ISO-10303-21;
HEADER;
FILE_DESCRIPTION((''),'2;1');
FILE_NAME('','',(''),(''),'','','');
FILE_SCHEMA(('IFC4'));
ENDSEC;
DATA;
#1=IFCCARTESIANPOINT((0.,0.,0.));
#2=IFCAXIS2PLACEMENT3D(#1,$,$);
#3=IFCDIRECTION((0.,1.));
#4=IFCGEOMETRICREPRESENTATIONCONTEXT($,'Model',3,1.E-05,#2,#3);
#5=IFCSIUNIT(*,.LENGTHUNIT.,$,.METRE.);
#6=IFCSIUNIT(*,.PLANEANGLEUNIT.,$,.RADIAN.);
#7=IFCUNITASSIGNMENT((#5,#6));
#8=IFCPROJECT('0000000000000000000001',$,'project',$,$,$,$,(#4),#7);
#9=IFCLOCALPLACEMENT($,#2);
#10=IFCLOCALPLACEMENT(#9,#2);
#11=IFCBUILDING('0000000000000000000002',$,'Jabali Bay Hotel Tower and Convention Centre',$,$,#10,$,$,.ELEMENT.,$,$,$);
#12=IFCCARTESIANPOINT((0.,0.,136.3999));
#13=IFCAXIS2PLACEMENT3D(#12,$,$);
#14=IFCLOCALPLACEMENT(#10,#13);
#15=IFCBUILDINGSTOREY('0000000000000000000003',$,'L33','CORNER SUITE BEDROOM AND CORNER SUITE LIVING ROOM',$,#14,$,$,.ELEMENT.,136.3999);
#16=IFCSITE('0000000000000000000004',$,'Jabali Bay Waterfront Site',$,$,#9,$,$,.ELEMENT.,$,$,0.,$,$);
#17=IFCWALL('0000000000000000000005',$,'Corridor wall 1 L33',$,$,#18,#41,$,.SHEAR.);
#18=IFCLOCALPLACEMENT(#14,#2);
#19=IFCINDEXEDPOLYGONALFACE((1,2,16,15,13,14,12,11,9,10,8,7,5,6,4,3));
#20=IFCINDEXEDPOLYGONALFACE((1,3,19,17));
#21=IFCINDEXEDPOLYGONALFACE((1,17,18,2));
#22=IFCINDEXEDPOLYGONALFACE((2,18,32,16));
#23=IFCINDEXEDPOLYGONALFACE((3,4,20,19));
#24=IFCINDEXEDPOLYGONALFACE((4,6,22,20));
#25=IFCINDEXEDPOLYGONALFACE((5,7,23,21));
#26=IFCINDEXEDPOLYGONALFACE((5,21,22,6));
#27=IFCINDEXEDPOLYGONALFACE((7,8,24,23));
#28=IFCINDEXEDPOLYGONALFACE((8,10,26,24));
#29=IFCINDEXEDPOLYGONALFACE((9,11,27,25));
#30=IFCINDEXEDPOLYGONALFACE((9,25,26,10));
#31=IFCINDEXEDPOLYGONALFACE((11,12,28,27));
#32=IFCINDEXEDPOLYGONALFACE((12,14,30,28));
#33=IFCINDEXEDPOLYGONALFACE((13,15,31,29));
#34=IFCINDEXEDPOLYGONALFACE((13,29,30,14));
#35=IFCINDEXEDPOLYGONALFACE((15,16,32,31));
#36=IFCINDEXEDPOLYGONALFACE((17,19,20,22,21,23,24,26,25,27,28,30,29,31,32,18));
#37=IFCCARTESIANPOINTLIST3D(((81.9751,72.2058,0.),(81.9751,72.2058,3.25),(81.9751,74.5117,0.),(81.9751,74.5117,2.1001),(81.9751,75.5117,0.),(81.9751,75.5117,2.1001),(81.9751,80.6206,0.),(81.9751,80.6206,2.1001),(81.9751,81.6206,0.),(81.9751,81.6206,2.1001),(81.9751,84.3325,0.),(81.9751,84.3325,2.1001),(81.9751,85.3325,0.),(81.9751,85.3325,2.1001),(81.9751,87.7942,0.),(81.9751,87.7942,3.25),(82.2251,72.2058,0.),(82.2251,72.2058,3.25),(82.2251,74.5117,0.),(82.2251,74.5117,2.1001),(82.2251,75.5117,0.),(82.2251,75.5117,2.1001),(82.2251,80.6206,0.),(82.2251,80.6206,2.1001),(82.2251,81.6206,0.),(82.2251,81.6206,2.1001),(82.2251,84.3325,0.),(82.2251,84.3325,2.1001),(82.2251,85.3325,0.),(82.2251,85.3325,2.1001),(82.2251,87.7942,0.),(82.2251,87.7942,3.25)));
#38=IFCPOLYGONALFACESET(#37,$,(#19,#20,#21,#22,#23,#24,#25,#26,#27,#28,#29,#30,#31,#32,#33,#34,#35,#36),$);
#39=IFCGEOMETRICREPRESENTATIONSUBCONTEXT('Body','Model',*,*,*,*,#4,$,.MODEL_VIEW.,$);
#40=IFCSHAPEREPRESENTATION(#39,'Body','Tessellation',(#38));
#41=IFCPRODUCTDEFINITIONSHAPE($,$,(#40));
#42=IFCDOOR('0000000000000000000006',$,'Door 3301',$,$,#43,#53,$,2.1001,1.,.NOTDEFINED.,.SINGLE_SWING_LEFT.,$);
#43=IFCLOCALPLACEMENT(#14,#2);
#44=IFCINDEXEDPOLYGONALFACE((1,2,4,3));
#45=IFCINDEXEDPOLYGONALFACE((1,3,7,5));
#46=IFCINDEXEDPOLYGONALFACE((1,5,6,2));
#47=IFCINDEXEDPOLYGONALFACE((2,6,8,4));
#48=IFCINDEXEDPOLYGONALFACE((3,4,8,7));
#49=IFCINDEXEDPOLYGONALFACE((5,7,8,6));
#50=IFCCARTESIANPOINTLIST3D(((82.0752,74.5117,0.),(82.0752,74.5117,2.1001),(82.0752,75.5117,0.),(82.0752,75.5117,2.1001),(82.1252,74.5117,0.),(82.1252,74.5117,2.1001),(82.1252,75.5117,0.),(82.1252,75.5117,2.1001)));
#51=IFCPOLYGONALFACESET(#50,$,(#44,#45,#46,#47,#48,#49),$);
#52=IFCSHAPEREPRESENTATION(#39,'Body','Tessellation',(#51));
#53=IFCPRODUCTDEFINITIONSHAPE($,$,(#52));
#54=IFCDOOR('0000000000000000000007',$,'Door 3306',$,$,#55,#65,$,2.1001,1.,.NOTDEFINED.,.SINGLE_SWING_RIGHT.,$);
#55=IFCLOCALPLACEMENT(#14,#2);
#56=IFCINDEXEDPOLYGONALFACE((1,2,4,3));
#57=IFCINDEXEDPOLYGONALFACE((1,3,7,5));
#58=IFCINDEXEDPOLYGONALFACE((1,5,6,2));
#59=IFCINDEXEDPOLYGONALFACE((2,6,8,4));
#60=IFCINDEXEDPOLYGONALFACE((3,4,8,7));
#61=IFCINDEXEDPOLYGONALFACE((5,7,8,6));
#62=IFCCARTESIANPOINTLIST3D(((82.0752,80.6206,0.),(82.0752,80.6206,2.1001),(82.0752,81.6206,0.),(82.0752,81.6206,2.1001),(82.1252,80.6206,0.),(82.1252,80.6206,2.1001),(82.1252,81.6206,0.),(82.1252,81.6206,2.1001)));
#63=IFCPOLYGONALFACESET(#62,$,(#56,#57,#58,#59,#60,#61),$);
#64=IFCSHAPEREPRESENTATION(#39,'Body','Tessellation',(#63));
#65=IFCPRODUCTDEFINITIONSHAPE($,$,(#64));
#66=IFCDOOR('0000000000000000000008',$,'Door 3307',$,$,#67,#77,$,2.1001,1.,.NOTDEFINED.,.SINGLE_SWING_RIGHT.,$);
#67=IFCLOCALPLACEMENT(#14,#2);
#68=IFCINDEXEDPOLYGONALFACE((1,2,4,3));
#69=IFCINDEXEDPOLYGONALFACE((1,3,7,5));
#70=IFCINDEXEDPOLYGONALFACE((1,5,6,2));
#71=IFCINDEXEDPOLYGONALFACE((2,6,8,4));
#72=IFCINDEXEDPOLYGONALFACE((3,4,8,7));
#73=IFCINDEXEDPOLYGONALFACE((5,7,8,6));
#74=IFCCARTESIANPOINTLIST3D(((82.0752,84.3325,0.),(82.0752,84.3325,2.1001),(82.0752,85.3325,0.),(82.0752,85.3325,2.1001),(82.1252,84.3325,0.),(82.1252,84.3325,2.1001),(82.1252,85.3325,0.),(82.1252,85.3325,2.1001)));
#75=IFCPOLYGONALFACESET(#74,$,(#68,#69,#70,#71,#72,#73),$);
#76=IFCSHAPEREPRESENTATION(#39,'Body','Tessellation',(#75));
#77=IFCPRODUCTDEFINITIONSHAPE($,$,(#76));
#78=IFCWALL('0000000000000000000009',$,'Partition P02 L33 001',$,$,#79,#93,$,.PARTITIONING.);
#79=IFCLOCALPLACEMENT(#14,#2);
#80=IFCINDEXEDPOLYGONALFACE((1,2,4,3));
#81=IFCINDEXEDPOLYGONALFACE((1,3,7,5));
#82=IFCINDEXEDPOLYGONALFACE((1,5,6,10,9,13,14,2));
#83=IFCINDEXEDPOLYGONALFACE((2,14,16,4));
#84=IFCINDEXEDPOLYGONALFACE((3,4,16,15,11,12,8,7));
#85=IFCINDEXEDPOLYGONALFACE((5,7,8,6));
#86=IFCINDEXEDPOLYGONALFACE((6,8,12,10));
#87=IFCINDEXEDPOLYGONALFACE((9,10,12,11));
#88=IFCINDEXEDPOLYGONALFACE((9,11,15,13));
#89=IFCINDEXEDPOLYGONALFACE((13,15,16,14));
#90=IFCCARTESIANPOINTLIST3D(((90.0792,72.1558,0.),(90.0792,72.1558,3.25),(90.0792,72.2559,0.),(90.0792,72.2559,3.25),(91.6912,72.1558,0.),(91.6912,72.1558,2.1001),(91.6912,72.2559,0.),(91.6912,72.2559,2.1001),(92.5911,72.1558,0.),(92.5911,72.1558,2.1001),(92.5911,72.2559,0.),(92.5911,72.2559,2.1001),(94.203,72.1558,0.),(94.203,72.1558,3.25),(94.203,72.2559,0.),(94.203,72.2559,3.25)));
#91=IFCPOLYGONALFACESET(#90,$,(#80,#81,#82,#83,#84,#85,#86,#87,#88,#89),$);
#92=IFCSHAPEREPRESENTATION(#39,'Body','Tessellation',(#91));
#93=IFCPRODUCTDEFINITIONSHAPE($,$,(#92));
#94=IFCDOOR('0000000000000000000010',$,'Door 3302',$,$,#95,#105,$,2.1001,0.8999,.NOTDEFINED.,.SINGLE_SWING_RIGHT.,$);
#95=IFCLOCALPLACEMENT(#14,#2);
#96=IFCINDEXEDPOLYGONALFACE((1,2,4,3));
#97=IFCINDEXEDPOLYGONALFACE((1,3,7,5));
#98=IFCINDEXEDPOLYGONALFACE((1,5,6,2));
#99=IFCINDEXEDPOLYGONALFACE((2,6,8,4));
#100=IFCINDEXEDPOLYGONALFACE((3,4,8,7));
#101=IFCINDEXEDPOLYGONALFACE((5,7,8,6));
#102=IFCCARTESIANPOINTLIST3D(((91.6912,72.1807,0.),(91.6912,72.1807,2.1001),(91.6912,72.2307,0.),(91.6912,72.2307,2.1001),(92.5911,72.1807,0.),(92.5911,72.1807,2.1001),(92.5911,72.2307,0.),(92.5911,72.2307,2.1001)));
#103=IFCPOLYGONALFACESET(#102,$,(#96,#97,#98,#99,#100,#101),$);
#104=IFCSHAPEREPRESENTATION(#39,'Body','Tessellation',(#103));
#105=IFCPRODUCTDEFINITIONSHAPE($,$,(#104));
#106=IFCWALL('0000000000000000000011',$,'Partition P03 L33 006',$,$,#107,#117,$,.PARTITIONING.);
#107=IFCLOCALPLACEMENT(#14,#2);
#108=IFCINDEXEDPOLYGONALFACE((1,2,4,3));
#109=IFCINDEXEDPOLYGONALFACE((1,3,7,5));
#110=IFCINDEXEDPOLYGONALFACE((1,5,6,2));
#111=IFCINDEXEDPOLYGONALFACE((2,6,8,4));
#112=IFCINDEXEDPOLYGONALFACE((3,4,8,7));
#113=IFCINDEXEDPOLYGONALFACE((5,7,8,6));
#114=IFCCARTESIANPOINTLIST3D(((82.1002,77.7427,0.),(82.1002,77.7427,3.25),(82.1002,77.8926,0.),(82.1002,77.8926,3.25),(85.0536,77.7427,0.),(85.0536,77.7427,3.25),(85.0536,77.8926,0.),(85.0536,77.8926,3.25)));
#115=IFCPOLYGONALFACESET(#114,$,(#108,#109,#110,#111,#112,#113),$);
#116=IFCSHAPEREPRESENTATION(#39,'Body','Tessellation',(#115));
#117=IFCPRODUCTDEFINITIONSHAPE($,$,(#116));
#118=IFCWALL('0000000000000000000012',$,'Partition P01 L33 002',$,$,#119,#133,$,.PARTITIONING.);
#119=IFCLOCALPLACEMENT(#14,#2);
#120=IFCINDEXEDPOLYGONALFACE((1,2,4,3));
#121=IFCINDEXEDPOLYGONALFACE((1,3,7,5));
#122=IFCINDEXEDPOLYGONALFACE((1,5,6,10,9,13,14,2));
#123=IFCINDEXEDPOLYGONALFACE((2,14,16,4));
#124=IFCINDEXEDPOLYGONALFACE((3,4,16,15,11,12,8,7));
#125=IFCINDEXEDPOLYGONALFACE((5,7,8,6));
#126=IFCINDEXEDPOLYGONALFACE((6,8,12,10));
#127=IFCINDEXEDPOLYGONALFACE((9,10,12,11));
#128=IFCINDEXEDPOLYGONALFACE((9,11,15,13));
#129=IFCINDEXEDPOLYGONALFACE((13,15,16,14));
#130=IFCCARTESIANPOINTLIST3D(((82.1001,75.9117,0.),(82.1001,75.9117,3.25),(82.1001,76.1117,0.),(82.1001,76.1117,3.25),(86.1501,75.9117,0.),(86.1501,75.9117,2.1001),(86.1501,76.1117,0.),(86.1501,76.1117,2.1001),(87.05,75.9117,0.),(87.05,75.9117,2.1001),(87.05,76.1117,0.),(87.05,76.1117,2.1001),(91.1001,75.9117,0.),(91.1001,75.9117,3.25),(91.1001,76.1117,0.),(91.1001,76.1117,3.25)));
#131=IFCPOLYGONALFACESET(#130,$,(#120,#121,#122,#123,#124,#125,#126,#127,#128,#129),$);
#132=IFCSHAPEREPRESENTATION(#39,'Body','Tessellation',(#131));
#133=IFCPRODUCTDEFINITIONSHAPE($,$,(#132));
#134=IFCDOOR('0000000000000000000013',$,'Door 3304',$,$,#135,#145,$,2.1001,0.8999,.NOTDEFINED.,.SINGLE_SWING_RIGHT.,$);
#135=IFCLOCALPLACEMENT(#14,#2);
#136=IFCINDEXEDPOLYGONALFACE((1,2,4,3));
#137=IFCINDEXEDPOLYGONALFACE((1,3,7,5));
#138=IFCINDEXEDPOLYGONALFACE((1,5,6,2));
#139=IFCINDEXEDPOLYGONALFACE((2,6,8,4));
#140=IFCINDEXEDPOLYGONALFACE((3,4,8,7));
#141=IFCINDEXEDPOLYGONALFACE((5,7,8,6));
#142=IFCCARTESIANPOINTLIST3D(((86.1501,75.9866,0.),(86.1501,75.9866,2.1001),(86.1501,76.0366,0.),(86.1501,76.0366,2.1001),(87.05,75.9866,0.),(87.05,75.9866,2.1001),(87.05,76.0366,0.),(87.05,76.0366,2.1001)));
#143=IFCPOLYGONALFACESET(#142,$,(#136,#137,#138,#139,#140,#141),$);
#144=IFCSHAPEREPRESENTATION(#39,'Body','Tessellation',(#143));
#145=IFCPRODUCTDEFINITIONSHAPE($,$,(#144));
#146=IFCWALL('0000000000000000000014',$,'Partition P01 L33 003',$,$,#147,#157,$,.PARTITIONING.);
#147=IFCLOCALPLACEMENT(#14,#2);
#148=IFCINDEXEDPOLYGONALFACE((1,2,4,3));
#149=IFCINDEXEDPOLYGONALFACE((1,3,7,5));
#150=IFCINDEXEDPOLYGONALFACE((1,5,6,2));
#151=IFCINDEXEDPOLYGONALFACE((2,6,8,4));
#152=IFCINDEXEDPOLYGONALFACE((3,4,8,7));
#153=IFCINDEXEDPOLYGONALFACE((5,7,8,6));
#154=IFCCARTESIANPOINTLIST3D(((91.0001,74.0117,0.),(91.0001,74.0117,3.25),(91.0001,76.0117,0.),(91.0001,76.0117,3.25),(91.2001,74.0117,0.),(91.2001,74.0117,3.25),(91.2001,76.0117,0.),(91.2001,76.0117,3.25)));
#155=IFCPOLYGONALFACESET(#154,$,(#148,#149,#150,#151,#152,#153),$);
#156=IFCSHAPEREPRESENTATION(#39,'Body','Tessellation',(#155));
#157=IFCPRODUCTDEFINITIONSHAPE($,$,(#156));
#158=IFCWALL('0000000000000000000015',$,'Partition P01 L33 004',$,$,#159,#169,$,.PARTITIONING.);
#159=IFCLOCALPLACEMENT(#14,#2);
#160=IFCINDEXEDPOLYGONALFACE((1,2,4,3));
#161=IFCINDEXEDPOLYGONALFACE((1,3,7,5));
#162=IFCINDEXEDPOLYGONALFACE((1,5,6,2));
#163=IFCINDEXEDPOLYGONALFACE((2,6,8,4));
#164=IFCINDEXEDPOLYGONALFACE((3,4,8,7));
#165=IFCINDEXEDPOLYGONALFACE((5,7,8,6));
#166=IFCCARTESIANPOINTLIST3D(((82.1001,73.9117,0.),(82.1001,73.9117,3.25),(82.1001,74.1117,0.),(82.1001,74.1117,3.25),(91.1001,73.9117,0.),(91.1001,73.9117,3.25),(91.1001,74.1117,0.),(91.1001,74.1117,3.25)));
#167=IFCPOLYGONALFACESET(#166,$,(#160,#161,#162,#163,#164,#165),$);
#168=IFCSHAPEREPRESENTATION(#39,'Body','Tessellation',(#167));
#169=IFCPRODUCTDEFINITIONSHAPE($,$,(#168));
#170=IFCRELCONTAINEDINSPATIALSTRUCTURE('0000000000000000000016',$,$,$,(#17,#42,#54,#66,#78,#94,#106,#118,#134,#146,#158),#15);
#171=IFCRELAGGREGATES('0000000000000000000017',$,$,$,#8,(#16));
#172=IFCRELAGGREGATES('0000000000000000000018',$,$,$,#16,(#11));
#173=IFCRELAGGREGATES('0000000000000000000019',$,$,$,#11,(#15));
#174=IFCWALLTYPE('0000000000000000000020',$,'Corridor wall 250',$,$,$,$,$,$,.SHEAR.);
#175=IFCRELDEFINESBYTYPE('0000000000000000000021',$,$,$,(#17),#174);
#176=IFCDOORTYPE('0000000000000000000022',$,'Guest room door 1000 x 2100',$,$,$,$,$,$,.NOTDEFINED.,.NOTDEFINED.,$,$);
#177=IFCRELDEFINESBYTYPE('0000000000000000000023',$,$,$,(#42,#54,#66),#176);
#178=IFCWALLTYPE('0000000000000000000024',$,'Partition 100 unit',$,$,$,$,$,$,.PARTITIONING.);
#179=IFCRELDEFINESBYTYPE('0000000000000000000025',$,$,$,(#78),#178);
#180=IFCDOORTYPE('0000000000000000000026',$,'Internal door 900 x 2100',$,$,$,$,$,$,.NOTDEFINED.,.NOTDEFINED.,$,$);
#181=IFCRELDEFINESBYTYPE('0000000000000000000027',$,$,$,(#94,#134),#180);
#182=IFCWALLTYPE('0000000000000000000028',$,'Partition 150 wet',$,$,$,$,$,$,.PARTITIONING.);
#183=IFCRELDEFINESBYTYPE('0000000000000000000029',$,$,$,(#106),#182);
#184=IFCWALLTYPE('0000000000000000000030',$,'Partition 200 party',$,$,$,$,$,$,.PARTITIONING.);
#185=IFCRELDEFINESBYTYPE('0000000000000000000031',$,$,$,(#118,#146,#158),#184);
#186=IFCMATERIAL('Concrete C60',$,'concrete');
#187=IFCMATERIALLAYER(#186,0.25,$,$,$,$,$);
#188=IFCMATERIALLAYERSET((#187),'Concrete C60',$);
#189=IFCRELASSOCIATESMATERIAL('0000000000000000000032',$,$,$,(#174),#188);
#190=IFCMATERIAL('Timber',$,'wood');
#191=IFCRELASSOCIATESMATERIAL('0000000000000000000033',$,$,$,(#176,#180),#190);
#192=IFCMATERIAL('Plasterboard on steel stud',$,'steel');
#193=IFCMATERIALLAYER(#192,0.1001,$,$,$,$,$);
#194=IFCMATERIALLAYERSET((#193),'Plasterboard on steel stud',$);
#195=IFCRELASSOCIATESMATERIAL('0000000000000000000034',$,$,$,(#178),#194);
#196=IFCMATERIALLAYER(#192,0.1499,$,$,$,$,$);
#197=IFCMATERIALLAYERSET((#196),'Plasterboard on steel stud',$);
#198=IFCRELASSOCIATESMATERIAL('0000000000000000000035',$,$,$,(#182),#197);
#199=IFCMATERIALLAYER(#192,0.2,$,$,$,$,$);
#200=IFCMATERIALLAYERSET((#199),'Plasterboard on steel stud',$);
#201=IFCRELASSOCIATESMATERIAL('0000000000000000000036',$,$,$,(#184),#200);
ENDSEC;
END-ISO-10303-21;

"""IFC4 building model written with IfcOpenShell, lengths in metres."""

from ifc_helpers import new_model, si_unit, direction, frame, frame_2d, origin, place, context, subcontext, project, spatial, rectangle, extrude, material, layer, layer_set, type_object, element, fill, save


model = new_model("IFC4")

# Units and contexts
model_context = context("Model", 3, precision=1e-05, world=origin(), true_north=direction((0.0, 1.0)))
body_context = subcontext(model_context, "Body", "Model", "MODEL_VIEW")
ifc_project = project(units=[si_unit("LENGTHUNIT", "METRE"), si_unit("PLANEANGLEUNIT", "RADIAN")], contexts=[model_context])

# Site, building, storey
site_placement = place(None, origin())
site = spatial("IfcSite", under=ifc_project, at=site_placement, Name="Jabali Bay Waterfront Site", CompositionType="ELEMENT", RefElevation=0.0)
building_placement = place(site_placement, origin())
building = spatial("IfcBuilding", under=site, at=building_placement, Name="Jabali Bay Hotel Tower and Convention Centre", CompositionType="ELEMENT")
storey_placement = place(building_placement, frame((0.0, 0.0, 136.3999)))
storey = spatial("IfcBuildingStorey", under=building, at=storey_placement, Name="L33", Description="CORNER SUITE BEDROOM AND CORNER SUITE LIVING ROOM", CompositionType="ELEMENT", Elevation=136.3999)

# Shared definitions
ifc_material_1 = material(Name="Concrete C60", Category="concrete")

# Wall, openings, doors
ifc_layer_1 = layer(ifc_material_1, 0.25)
ifc_layer_set_1 = layer_set([ifc_layer_1], Name="Concrete C60")
wall_type_1 = type_object("IfcWallType", Name="Corridor wall 250", PredefinedType="SHEAR", material=ifc_layer_set_1)
wall_1_placement = place(storey_placement, frame((82.1001, 72.2058, 0.0), z_axis=(0.0, 0.0, 1.0), x_axis=(0.0, 1.0, 0.0)))
wall_1 = element("IfcWall", 1, at=wall_1_placement, inside=storey, type_object=wall_type_1, Name="Corridor wall 1 L33", PredefinedType="SHEAR", context=body_context, shape_type="SweptSolid", body=[
    extrude(rectangle(XDim=15.5884, YDim=0.25, at=frame_2d((7.7942, 0.0))), origin(), (0.0, 0.0, 1.0), 3.25),
])
opening_1_placement = place(wall_1_placement, frame((2.3059, 0.0, 0.0)))
opening_1 = element("IfcOpeningElement", 2, at=opening_1_placement, cuts=wall_1, PredefinedType="OPENING", context=body_context, shape_type="SweptSolid", body=[
    extrude(rectangle(XDim=1.0, YDim=2.1001, at=frame_2d((0.5, 1.05))), frame((0.0, 0.1355, 0.0), z_axis=(0.0, -1.0, 0.0), x_axis=(1.0, 0.0, 0.0)), (0.0, 0.0, 1.0), 0.271),
])
opening_2_placement = place(wall_1_placement, frame((8.4148, 0.0, 0.0)))
opening_2 = element("IfcOpeningElement", 3, at=opening_2_placement, cuts=wall_1, PredefinedType="OPENING", context=body_context, shape_type="SweptSolid", body=[
    extrude(rectangle(XDim=1.0, YDim=2.1001, at=frame_2d((0.5, 1.05))), frame((0.0, 0.1355, 0.0), z_axis=(0.0, -1.0, 0.0), x_axis=(1.0, 0.0, 0.0)), (0.0, 0.0, 1.0), 0.271),
])
opening_3_placement = place(wall_1_placement, frame((12.1267, 0.0, 0.0)))
opening_3 = element("IfcOpeningElement", 4, at=opening_3_placement, cuts=wall_1, PredefinedType="OPENING", context=body_context, shape_type="SweptSolid", body=[
    extrude(rectangle(XDim=1.0, YDim=2.1001, at=frame_2d((0.5, 1.05))), frame((0.0, 0.1355, 0.0), z_axis=(0.0, -1.0, 0.0), x_axis=(1.0, 0.0, 0.0)), (0.0, 0.0, 1.0), 0.271),
])
ifc_material_2 = material(Name="Timber", Category="wood")
door_type_1 = type_object("IfcDoorType", Name="Guest room door 1000 x 2100", OperationType="NOTDEFINED", PredefinedType="NOTDEFINED", material=ifc_material_2)
door_1_placement = place(opening_1_placement, origin())
door_1 = element("IfcDoor", 5, at=door_1_placement, inside=storey, type_object=door_type_1, Name="Door 3301", OperationType="SINGLE_SWING_LEFT", OverallHeight=2.1001, OverallWidth=1.0, PredefinedType="NOTDEFINED", context=body_context, shape_type="SweptSolid", body=[
    extrude(rectangle(XDim=1.0, YDim=2.1001, at=frame_2d((0.5, 1.05))), frame((0.0, 0.0249, 0.0), z_axis=(0.0, -1.0, 0.0), x_axis=(1.0, 0.0, 0.0)), (0.0, 0.0, 1.0), 0.05),
])
fill(opening_1, door_1)
door_2_placement = place(opening_2_placement, origin())
door_2 = element("IfcDoor", 6, at=door_2_placement, inside=storey, type_object=door_type_1, Name="Door 3306", OperationType="SINGLE_SWING_RIGHT", OverallHeight=2.1001, OverallWidth=1.0, PredefinedType="NOTDEFINED", context=body_context, shape_type="SweptSolid", body=[
    extrude(rectangle(XDim=1.0, YDim=2.1001, at=frame_2d((0.5, 1.05))), frame((0.0, 0.0249, 0.0), z_axis=(0.0, -1.0, 0.0), x_axis=(1.0, 0.0, 0.0)), (0.0, 0.0, 1.0), 0.05),
])
fill(opening_2, door_2)
door_3_placement = place(opening_3_placement, origin())
door_3 = element("IfcDoor", 7, at=door_3_placement, inside=storey, type_object=door_type_1, Name="Door 3307", OperationType="SINGLE_SWING_RIGHT", OverallHeight=2.1001, OverallWidth=1.0, PredefinedType="NOTDEFINED", context=body_context, shape_type="SweptSolid", body=[
    extrude(rectangle(XDim=1.0, YDim=2.1001, at=frame_2d((0.5, 1.05))), frame((0.0, 0.0249, 0.0), z_axis=(0.0, -1.0, 0.0), x_axis=(1.0, 0.0, 0.0)), (0.0, 0.0, 1.0), 0.05),
])
fill(opening_3, door_3)

# Wall, opening, door
ifc_material_3 = material(Name="Plasterboard on steel stud", Category="steel")
ifc_layer_2 = layer(ifc_material_3, 0.1001)
ifc_layer_set_2 = layer_set([ifc_layer_2], Name="Plasterboard on steel stud")
wall_type_2 = type_object("IfcWallType", Name="Partition 100 unit", PredefinedType="PARTITIONING", material=ifc_layer_set_2)
wall_2_placement = place(storey_placement, frame((90.0791, 72.2058, 0.0), z_axis=(0.0, 0.0, 1.0), x_axis=(1.0, 0.0, 0.0)))
wall_2 = element("IfcWall", 8, at=wall_2_placement, inside=storey, type_object=wall_type_2, Name="Partition P02 L33 001", PredefinedType="PARTITIONING", context=body_context, shape_type="SweptSolid", body=[
    extrude(rectangle(XDim=4.1238, YDim=0.1001, at=frame_2d((2.062, 0.0))), origin(), (0.0, 0.0, 1.0), 3.25),
])
opening_4_placement = place(wall_2_placement, frame((1.6121, 0.0, 0.0)))
opening_4 = element("IfcOpeningElement", 9, at=opening_4_placement, cuts=wall_2, PredefinedType="OPENING", context=body_context, shape_type="SweptSolid", body=[
    extrude(rectangle(XDim=0.8999, YDim=2.1001, at=frame_2d((0.45, 1.05))), frame((0.0, 0.0605, 0.0), z_axis=(0.0, -1.0, 0.0), x_axis=(1.0, 0.0, 0.0)), (0.0, 0.0, 1.0), 0.1211),
])
door_type_2 = type_object("IfcDoorType", Name="Internal door 900 x 2100", OperationType="NOTDEFINED", PredefinedType="NOTDEFINED", material=ifc_material_2)
door_4_placement = place(opening_4_placement, origin())
door_4 = element("IfcDoor", 10, at=door_4_placement, inside=storey, type_object=door_type_2, Name="Door 3302", OperationType="SINGLE_SWING_RIGHT", OverallHeight=2.1001, OverallWidth=0.8999, PredefinedType="NOTDEFINED", context=body_context, shape_type="SweptSolid", body=[
    extrude(rectangle(XDim=0.8999, YDim=2.1001, at=frame_2d((0.45, 1.05))), frame((0.0, 0.0249, 0.0), z_axis=(0.0, -1.0, 0.0), x_axis=(1.0, 0.0, 0.0)), (0.0, 0.0, 1.0), 0.05),
])
fill(opening_4, door_4)

# Wall
ifc_layer_3 = layer(ifc_material_3, 0.1499)
ifc_layer_set_3 = layer_set([ifc_layer_3], Name="Plasterboard on steel stud")
wall_type_3 = type_object("IfcWallType", Name="Partition 150 wet", PredefinedType="PARTITIONING", material=ifc_layer_set_3)
wall_3_placement = place(storey_placement, frame((85.0535, 77.8176, 0.0), z_axis=(0.0, 0.0, 1.0), x_axis=(-1.0, 0.0, 0.0)))
element("IfcWall", 11, at=wall_3_placement, inside=storey, type_object=wall_type_3, Name="Partition P03 L33 006", PredefinedType="PARTITIONING", context=body_context, shape_type="SweptSolid", body=[
    extrude(rectangle(XDim=2.9534, YDim=0.1499, at=frame_2d((1.4766, 0.0))), origin(), (0.0, 0.0, 1.0), 3.25),
])

# Wall, opening, door
ifc_layer_4 = layer(ifc_material_3, 0.2)
ifc_layer_set_4 = layer_set([ifc_layer_4], Name="Plasterboard on steel stud")
wall_type_4 = type_object("IfcWallType", Name="Partition 200 party", PredefinedType="PARTITIONING", material=ifc_layer_set_4)
wall_4_placement = place(storey_placement, frame((82.1001, 76.0117, 0.0), z_axis=(0.0, 0.0, 1.0), x_axis=(1.0, 0.0, 0.0)))
wall_4 = element("IfcWall", 12, at=wall_4_placement, inside=storey, type_object=wall_type_4, Name="Partition P01 L33 002", PredefinedType="PARTITIONING", context=body_context, shape_type="SweptSolid", body=[
    extrude(rectangle(XDim=9.0, YDim=0.2, at=frame_2d((4.5, 0.0))), origin(), (0.0, 0.0, 1.0), 3.25),
])
opening_5_placement = place(wall_4_placement, frame((4.05, 0.0, 0.0)))
opening_5 = element("IfcOpeningElement", 13, at=opening_5_placement, cuts=wall_4, PredefinedType="OPENING", context=body_context, shape_type="SweptSolid", body=[
    extrude(rectangle(XDim=0.8999, YDim=2.1001, at=frame_2d((0.45, 1.05))), frame((0.0, 0.1104, 0.0), z_axis=(0.0, -1.0, 0.0), x_axis=(1.0, 0.0, 0.0)), (0.0, 0.0, 1.0), 0.2209),
])
door_5_placement = place(opening_5_placement, origin())
door_5 = element("IfcDoor", 14, at=door_5_placement, inside=storey, type_object=door_type_2, Name="Door 3304", OperationType="SINGLE_SWING_RIGHT", OverallHeight=2.1001, OverallWidth=0.8999, PredefinedType="NOTDEFINED", context=body_context, shape_type="SweptSolid", body=[
    extrude(rectangle(XDim=0.8999, YDim=2.1001, at=frame_2d((0.45, 1.05))), frame((0.0, 0.0249, 0.0), z_axis=(0.0, -1.0, 0.0), x_axis=(1.0, 0.0, 0.0)), (0.0, 0.0, 1.0), 0.05),
])
fill(opening_5, door_5)

# Walls
wall_5_placement = place(storey_placement, frame((91.1001, 76.0117, 0.0), z_axis=(0.0, 0.0, 1.0), x_axis=(0.0, -1.0, 0.0)))
element("IfcWall", 15, at=wall_5_placement, inside=storey, type_object=wall_type_4, Name="Partition P01 L33 003", PredefinedType="PARTITIONING", context=body_context, shape_type="SweptSolid", body=[
    extrude(rectangle(XDim=2.0, YDim=0.2, at=frame_2d((1.0, 0.0))), origin(), (0.0, 0.0, 1.0), 3.25),
])
wall_6_placement = place(storey_placement, frame((91.1001, 74.0117, 0.0), z_axis=(0.0, 0.0, 1.0), x_axis=(-1.0, 0.0, 0.0)))
element("IfcWall", 16, at=wall_6_placement, inside=storey, type_object=wall_type_4, Name="Partition P01 L33 004", PredefinedType="PARTITIONING", context=body_context, shape_type="SweptSolid", body=[
    extrude(rectangle(XDim=9.0, YDim=0.2, at=frame_2d((4.5, 0.0))), origin(), (0.0, 0.0, 1.0), 3.25),
])

save(model, "model.ifc")
